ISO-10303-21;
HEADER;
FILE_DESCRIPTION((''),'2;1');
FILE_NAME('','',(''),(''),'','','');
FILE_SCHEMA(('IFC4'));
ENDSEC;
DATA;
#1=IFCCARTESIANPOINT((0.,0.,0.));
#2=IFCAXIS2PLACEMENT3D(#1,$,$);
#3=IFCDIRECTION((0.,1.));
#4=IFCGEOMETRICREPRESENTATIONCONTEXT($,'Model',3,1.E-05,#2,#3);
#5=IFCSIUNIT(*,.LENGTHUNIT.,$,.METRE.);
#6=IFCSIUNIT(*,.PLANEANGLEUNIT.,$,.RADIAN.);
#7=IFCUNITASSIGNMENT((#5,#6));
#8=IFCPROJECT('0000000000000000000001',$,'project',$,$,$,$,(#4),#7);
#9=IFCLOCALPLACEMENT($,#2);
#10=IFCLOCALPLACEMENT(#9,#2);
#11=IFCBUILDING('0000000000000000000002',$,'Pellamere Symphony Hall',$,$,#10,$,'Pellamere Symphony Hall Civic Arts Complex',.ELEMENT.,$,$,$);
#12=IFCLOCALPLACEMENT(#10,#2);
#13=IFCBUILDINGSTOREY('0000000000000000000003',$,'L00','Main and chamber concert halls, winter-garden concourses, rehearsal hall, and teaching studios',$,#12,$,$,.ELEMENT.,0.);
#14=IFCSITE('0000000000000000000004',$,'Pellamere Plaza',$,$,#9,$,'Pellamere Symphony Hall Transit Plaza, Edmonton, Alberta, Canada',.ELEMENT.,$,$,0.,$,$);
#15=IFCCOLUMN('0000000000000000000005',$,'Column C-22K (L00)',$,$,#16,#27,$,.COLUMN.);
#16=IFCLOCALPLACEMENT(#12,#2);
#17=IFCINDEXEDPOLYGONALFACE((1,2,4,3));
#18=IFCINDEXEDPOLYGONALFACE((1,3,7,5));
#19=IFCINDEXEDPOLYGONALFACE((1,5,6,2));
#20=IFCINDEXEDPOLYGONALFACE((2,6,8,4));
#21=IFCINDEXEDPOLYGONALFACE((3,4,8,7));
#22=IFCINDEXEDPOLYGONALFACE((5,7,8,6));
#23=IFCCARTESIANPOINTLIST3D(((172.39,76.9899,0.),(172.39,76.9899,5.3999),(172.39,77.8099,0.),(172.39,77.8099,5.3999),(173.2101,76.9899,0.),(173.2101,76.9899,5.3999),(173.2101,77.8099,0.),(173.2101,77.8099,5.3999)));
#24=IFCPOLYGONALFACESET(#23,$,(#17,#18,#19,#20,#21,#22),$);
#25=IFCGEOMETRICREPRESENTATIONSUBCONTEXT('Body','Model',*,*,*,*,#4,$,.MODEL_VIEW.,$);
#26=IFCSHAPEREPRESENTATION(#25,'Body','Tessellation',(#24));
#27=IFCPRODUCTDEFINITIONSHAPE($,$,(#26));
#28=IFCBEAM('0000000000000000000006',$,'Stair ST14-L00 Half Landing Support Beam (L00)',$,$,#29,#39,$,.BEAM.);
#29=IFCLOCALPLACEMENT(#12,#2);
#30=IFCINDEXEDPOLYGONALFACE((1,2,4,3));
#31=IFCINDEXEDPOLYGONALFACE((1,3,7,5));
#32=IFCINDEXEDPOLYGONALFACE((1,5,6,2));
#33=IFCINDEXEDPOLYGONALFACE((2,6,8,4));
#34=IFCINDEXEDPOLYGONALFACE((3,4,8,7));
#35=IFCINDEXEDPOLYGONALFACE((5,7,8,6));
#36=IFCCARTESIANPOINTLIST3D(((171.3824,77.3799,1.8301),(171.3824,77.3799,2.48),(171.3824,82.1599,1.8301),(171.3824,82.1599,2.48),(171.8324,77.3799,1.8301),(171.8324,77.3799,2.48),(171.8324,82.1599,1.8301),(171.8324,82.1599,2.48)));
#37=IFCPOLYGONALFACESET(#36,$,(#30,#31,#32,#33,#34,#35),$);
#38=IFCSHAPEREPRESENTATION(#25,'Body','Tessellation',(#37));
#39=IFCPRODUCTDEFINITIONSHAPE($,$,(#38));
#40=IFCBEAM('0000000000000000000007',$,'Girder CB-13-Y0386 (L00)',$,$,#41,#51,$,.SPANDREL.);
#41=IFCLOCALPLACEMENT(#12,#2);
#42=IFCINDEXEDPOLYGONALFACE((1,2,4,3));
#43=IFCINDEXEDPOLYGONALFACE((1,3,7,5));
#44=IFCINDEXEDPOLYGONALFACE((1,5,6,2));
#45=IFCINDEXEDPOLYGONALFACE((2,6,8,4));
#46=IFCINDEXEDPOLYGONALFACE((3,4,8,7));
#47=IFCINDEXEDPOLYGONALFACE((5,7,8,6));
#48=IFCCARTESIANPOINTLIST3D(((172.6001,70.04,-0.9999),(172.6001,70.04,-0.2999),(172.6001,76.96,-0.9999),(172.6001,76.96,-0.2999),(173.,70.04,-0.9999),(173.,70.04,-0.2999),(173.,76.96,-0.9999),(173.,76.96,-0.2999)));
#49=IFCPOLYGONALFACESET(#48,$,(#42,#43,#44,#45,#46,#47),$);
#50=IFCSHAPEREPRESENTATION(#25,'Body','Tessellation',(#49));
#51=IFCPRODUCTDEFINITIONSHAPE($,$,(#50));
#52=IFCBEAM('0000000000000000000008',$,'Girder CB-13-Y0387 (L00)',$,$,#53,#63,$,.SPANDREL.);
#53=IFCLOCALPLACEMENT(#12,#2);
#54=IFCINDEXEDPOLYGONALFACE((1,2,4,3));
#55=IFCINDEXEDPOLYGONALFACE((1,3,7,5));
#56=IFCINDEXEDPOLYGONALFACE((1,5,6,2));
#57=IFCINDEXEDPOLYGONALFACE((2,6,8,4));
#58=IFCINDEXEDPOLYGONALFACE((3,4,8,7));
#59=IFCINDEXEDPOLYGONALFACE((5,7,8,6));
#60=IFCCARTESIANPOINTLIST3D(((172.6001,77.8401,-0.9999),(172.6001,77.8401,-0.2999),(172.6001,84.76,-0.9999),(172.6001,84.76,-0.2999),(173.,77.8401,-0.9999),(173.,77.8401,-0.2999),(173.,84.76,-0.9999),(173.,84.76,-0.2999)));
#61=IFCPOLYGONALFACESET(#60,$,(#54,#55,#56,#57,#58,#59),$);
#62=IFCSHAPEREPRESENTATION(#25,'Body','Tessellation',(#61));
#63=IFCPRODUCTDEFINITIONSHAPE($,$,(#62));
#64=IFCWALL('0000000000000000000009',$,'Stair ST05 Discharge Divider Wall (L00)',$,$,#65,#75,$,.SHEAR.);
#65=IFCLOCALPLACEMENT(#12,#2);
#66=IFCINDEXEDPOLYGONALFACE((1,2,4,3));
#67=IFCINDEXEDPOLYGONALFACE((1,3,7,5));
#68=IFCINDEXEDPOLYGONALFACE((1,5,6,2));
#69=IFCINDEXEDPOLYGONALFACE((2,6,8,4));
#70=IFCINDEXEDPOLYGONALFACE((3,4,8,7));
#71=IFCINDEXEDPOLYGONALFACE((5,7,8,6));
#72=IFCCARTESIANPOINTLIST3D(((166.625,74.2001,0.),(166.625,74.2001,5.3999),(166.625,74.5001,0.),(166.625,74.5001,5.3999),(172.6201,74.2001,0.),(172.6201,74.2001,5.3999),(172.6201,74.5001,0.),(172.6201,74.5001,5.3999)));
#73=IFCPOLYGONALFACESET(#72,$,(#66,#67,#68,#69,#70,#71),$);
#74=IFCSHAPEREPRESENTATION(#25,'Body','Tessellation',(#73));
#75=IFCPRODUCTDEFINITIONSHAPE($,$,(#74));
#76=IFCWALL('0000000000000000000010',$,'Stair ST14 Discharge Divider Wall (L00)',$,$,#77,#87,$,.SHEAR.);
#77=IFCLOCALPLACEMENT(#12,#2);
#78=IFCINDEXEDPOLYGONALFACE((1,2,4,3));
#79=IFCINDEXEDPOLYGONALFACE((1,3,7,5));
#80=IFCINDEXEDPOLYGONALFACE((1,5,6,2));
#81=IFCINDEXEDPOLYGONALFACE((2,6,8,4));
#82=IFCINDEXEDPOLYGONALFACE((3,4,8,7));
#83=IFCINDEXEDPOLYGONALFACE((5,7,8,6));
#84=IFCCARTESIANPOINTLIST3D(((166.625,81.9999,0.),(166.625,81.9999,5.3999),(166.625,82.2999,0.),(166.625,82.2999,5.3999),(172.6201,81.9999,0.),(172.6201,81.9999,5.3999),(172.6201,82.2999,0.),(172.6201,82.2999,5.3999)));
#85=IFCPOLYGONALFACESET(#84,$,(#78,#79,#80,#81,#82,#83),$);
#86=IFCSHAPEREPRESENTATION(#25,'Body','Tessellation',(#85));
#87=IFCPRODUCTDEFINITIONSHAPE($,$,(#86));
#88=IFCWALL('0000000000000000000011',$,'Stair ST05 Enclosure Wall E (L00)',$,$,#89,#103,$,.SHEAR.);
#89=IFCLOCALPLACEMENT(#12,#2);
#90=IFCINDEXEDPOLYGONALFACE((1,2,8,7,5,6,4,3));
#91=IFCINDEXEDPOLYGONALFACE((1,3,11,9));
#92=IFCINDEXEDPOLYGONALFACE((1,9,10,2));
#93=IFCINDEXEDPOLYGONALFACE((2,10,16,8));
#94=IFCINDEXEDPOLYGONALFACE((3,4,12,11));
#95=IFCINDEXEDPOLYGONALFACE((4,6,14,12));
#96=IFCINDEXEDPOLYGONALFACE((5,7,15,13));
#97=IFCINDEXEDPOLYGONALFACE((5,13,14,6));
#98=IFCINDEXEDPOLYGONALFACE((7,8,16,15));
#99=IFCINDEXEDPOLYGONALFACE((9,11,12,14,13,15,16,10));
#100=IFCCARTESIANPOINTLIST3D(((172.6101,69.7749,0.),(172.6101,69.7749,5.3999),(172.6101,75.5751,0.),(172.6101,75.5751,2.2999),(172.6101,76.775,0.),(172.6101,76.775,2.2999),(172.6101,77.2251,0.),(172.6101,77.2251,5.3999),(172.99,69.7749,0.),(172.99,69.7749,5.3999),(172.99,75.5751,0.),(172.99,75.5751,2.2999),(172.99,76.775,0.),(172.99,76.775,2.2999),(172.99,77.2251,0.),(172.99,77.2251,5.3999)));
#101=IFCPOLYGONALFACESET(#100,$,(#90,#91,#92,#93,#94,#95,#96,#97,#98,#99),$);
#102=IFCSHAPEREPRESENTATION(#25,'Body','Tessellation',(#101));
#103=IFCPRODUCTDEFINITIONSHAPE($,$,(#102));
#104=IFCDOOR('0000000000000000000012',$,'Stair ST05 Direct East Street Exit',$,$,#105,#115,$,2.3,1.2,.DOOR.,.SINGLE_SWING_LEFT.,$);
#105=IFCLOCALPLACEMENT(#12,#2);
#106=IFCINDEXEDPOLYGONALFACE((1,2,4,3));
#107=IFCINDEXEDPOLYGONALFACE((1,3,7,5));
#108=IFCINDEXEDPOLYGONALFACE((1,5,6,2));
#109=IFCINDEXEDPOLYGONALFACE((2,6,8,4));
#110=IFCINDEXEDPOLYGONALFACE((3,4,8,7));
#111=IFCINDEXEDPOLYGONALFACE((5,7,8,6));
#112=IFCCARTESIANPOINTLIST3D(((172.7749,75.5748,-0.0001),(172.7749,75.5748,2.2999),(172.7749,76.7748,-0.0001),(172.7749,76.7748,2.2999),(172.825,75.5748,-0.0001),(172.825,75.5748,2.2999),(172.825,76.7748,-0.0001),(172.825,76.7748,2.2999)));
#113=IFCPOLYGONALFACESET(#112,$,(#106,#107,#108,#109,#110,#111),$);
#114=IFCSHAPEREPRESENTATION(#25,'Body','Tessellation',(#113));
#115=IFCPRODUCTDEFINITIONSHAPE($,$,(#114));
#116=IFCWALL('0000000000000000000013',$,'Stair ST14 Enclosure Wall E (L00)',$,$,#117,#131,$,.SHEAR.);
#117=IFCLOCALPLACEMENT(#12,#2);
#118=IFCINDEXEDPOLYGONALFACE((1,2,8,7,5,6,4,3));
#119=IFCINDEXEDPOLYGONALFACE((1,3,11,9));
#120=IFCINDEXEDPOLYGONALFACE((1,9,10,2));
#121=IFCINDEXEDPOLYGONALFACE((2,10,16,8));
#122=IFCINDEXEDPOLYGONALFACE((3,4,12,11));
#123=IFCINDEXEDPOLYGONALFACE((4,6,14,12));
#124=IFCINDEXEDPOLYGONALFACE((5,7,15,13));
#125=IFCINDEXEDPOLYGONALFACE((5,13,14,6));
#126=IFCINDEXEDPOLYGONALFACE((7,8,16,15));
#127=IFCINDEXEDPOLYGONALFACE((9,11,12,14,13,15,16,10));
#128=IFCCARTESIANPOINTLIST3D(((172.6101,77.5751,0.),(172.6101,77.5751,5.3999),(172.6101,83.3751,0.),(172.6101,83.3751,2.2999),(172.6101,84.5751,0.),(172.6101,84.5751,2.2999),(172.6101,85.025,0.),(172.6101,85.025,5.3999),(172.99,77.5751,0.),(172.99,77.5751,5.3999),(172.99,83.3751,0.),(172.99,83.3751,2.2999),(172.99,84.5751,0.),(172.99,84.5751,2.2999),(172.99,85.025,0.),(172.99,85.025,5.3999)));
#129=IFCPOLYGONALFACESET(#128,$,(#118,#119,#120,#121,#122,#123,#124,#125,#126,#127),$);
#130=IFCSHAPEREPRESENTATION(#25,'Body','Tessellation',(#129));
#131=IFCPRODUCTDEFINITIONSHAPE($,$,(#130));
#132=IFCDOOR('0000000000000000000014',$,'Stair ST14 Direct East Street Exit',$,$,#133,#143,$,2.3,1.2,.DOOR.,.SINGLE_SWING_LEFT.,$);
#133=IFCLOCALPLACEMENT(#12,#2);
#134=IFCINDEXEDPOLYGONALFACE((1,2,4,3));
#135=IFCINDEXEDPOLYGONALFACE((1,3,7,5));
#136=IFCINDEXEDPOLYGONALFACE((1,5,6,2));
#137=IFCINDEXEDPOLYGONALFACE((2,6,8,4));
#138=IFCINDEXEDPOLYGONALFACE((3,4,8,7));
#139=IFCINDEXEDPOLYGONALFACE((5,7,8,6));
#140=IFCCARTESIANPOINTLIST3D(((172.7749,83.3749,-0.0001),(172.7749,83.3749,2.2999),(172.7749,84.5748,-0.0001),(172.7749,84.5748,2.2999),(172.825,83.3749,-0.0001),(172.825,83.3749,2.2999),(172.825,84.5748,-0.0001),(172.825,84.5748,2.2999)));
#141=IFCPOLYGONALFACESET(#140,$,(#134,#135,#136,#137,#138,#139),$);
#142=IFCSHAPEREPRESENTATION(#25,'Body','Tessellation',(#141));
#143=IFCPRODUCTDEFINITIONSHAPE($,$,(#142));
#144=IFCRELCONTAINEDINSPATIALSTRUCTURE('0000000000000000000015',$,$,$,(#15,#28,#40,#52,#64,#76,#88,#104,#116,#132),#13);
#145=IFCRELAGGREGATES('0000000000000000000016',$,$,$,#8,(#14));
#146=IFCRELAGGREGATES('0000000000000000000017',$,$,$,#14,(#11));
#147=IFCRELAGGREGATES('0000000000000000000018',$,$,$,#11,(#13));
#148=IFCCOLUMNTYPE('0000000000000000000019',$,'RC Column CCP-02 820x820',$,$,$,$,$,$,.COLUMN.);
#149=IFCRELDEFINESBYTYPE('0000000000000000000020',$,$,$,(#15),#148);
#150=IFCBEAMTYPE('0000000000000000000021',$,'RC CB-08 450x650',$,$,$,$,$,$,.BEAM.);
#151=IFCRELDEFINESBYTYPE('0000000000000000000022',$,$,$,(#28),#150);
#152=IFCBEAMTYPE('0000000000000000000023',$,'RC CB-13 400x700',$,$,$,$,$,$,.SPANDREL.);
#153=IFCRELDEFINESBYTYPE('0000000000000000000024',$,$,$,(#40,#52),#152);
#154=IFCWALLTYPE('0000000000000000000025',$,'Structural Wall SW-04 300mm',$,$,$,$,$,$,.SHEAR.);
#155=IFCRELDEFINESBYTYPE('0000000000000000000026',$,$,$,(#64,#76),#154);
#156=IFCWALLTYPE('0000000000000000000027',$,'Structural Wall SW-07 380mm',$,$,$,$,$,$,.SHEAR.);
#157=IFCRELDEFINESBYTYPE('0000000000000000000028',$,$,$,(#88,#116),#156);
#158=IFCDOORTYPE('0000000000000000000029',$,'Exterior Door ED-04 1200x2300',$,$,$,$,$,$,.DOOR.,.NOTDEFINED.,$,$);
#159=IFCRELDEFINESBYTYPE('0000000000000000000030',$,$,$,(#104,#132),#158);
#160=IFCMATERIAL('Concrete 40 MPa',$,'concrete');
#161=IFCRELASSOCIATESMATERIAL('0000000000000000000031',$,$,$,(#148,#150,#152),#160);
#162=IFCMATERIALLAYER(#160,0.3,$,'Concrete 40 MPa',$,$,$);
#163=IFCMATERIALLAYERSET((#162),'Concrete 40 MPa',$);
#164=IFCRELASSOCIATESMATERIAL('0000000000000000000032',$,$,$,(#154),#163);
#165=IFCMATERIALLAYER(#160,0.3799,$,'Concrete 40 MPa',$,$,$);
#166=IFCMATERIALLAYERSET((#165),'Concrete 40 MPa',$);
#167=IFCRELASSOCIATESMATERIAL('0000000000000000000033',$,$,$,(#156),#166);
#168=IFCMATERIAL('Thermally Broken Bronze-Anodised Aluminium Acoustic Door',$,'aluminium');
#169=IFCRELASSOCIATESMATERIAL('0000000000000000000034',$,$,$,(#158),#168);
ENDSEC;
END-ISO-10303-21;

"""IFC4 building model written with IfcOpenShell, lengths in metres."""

from ifc_helpers import new_model, si_unit, direction, frame, frame_2d, origin, origin_2d, place, context, subcontext, project, spatial, rectangle, extrude, material, layer, layer_set, material_profile, profile_set, type_object, element, fill, save


model = new_model("IFC4")

# Units and contexts
model_context = context("Model", 3, precision=1e-05, world=origin(), true_north=direction((0.0, 1.0)))
body_context = subcontext(model_context, "Body", "Model", "MODEL_VIEW")
ifc_project = project(units=[si_unit("LENGTHUNIT", "METRE"), si_unit("PLANEANGLEUNIT", "RADIAN")], contexts=[model_context])

# Site, building, storey
site_placement = place(None, origin())
site = spatial("IfcSite", under=ifc_project, at=site_placement, Name="Pellamere Plaza", LongName="Pellamere Symphony Hall Transit Plaza, Edmonton, Alberta, Canada", CompositionType="ELEMENT", RefElevation=0.0)
building_placement = place(site_placement, origin())
building = spatial("IfcBuilding", under=site, at=building_placement, Name="Pellamere Symphony Hall", LongName="Pellamere Symphony Hall Civic Arts Complex", CompositionType="ELEMENT")
storey_placement = place(building_placement, origin())
storey = spatial("IfcBuildingStorey", under=building, at=storey_placement, Name="L00", Description="Main and chamber concert halls, winter-garden concourses, rehearsal hall, and teaching studios", CompositionType="ELEMENT", Elevation=0.0)

# Column
ifc_material_1 = material(Name="Concrete 40 MPa", Category="concrete")
ifc_material_profile_1 = material_profile(ifc_material_1, rectangle(XDim=0.8201, YDim=0.8201, at=origin_2d()), Name="RC 820x820")
ifc_profile_set_1 = profile_set([ifc_material_profile_1], Name="Concrete 40 MPa")
column_type = type_object("IfcColumnType", Name="RC Column CCP-02 820x820", PredefinedType="COLUMN", material=ifc_profile_set_1)
column_placement = place(storey_placement, frame((172.8, 77.3999, 0.0), z_axis=(0.0, 0.0, 1.0), x_axis=(1.0, 0.0, 0.0)))
element("IfcColumn", 1, at=column_placement, inside=storey, type_object=column_type, Name="Column C-22K (L00)", PredefinedType="COLUMN", context=body_context, shape_type="SweptSolid", body=[
    extrude(rectangle(XDim=0.8201, YDim=0.8201, at=origin_2d()), origin(), (0.0, 0.0, 1.0), 5.3999),
])

# Beams
ifc_material_profile_2 = material_profile(ifc_material_1, rectangle(XDim=0.45, YDim=0.6499, at=origin_2d()), Name="RC 450x650")
ifc_profile_set_2 = profile_set([ifc_material_profile_2], Name="Concrete 40 MPa")
beam_type_1 = type_object("IfcBeamType", Name="RC CB-08 450x650", PredefinedType="BEAM", material=ifc_profile_set_2)
beam_placement = place(storey_placement, frame((171.6074, 77.3799, 2.155), z_axis=(0.0, 1.0, 0.0), x_axis=(-1.0, 0.0, 0.0)))
element("IfcBeam", 2, at=beam_placement, inside=storey, type_object=beam_type_1, Name="Stair ST14-L00 Half Landing Support Beam (L00)", PredefinedType="BEAM", context=body_context, shape_type="SweptSolid", body=[
    extrude(rectangle(XDim=0.45, YDim=0.6499, at=origin_2d()), origin(), (0.0, 0.0, 1.0), 4.78),
])
ifc_material_profile_3 = material_profile(ifc_material_1, rectangle(XDim=0.3999, YDim=0.7, at=origin_2d()), Name="RC 400x700")
ifc_profile_set_3 = profile_set([ifc_material_profile_3], Name="Concrete 40 MPa")
beam_type_2 = type_object("IfcBeamType", Name="RC CB-13 400x700", PredefinedType="SPANDREL", material=ifc_profile_set_3)
for number, where, z_axis, x_axis, name in (
    (3, (172.8, 70.04, -0.6499), (0.0, 1.0, 0.0), (-1.0, 0.0, 0.0), "Girder CB-13-Y0386 (L00)"),
    (4, (172.8, 77.8401, -0.6499), (0.0, 1.0, 0.0), (-1.0, 0.0, 0.0), "Girder CB-13-Y0387 (L00)"),
):
    element("IfcBeam", number, at=place(storey_placement, frame(where, z_axis=z_axis, x_axis=x_axis)), inside=storey, type_object=beam_type_2, Name=name, PredefinedType="SPANDREL", context=body_context, shape_type="SweptSolid", body=[
        extrude(rectangle(XDim=0.3999, YDim=0.7, at=origin_2d()), origin(), (0.0, 0.0, 1.0), 6.9199),
    ])

# Walls
ifc_layer_1 = layer(ifc_material_1, 0.3, Name="Concrete 40 MPa")
ifc_layer_set_1 = layer_set([ifc_layer_1], Name="Concrete 40 MPa")
wall_type_1 = type_object("IfcWallType", Name="Structural Wall SW-04 300mm", PredefinedType="SHEAR", material=ifc_layer_set_1)
for number, where, z_axis, x_axis, name in (
    (5, (166.625, 74.3501, 0.0), (0.0, 0.0, 1.0), (1.0, 0.0, 0.0), "Stair ST05 Discharge Divider Wall (L00)"),
    (6, (166.625, 82.1499, 0.0), (0.0, 0.0, 1.0), (1.0, 0.0, 0.0), "Stair ST14 Discharge Divider Wall (L00)"),
):
    element("IfcWall", number, at=place(storey_placement, frame(where, z_axis=z_axis, x_axis=x_axis)), inside=storey, type_object=wall_type_1, Name=name, PredefinedType="SHEAR", context=body_context, shape_type="SweptSolid", body=[
        extrude(rectangle(XDim=5.9951, YDim=0.3, at=frame_2d((2.9976, 0.0))), origin(), (0.0, 0.0, 1.0), 5.3999),
    ])

# Walls, openings, doors
ifc_layer_2 = layer(ifc_material_1, 0.3799, Name="Concrete 40 MPa")
ifc_layer_set_2 = layer_set([ifc_layer_2], Name="Concrete 40 MPa")
wall_type_2 = type_object("IfcWallType", Name="Structural Wall SW-07 380mm", PredefinedType="SHEAR", material=ifc_layer_set_2)
wall_1_placement = place(storey_placement, frame((172.8, 69.7749, 0.0), z_axis=(0.0, 0.0, 1.0), x_axis=(0.0, 1.0, 0.0)))
wall_1 = element("IfcWall", 7, at=wall_1_placement, inside=storey, type_object=wall_type_2, Name="Stair ST05 Enclosure Wall E (L00)", PredefinedType="SHEAR", context=body_context, shape_type="SweptSolid", body=[
    extrude(rectangle(XDim=7.4502, YDim=0.3799, at=frame_2d((3.7251, 0.0))), origin(), (0.0, 0.0, 1.0), 5.3999),
])
opening_1_placement = place(wall_1_placement, frame((5.8, 0.0, 0.0)))
opening_1 = element("IfcOpeningElement", 8, at=opening_1_placement, cuts=wall_1, PredefinedType="OPENING", context=body_context, shape_type="SweptSolid", body=[
    extrude(rectangle(XDim=1.2, YDim=2.3, at=frame_2d((0.6001, 1.1499))), frame((0.0, 0.2, 0.0), z_axis=(0.0, -1.0, 0.0), x_axis=(1.0, 0.0, 0.0)), (0.0, 0.0, 1.0), 0.3999),
])
ifc_material_2 = material(Name="Thermally Broken Bronze-Anodised Aluminium Acoustic Door", Category="aluminium")
door_type = type_object("IfcDoorType", Name="Exterior Door ED-04 1200x2300", OperationType="NOTDEFINED", PredefinedType="DOOR", material=ifc_material_2)
door_1_placement = place(opening_1_placement, frame((1.2, 0.0, 0.0), z_axis=(0.0, 0.0, 1.0), x_axis=(-1.0, 0.0, 0.0)))
door_1 = element("IfcDoor", 9, at=door_1_placement, inside=storey, type_object=door_type, Name="Stair ST05 Direct East Street Exit", OperationType="SINGLE_SWING_LEFT", OverallHeight=2.3, OverallWidth=1.2, PredefinedType="DOOR", context=body_context, shape_type="SweptSolid", body=[
    extrude(rectangle(XDim=1.2, YDim=2.3, at=frame_2d((0.6001, 1.1499))), frame((0.0, 0.0249, 0.0), z_axis=(0.0, -1.0, 0.0), x_axis=(1.0, 0.0, 0.0)), (0.0, 0.0, 1.0), 0.05),
])
fill(opening_1, door_1)
wall_2_placement = place(storey_placement, frame((172.8, 77.575, 0.0), z_axis=(0.0, 0.0, 1.0), x_axis=(0.0, 1.0, 0.0)))
wall_2 = element("IfcWall", 10, at=wall_2_placement, inside=storey, type_object=wall_type_2, Name="Stair ST14 Enclosure Wall E (L00)", PredefinedType="SHEAR", context=body_context, shape_type="SweptSolid", body=[
    extrude(rectangle(XDim=7.45, YDim=0.3799, at=frame_2d((3.7251, 0.0))), origin(), (0.0, 0.0, 1.0), 5.3999),
])
opening_2_placement = place(wall_2_placement, frame((5.8, 0.0, 0.0)))
opening_2 = element("IfcOpeningElement", 11, at=opening_2_placement, cuts=wall_2, PredefinedType="OPENING", context=body_context, shape_type="SweptSolid", body=[
    extrude(rectangle(XDim=1.2, YDim=2.3, at=frame_2d((0.6001, 1.1499))), frame((0.0, 0.2, 0.0), z_axis=(0.0, -1.0, 0.0), x_axis=(1.0, 0.0, 0.0)), (0.0, 0.0, 1.0), 0.3999),
])
door_2_placement = place(opening_2_placement, frame((1.2, 0.0, 0.0), z_axis=(0.0, 0.0, 1.0), x_axis=(-1.0, 0.0, 0.0)))
door_2 = element("IfcDoor", 12, at=door_2_placement, inside=storey, type_object=door_type, Name="Stair ST14 Direct East Street Exit", OperationType="SINGLE_SWING_LEFT", OverallHeight=2.3, OverallWidth=1.2, PredefinedType="DOOR", context=body_context, shape_type="SweptSolid", body=[
    extrude(rectangle(XDim=1.2, YDim=2.3, at=frame_2d((0.6001, 1.1499))), frame((0.0, 0.0249, 0.0), z_axis=(0.0, -1.0, 0.0), x_axis=(1.0, 0.0, 0.0)), (0.0, 0.0, 1.0), 0.05),
])
fill(opening_2, door_2)

save(model, "model.ifc")
